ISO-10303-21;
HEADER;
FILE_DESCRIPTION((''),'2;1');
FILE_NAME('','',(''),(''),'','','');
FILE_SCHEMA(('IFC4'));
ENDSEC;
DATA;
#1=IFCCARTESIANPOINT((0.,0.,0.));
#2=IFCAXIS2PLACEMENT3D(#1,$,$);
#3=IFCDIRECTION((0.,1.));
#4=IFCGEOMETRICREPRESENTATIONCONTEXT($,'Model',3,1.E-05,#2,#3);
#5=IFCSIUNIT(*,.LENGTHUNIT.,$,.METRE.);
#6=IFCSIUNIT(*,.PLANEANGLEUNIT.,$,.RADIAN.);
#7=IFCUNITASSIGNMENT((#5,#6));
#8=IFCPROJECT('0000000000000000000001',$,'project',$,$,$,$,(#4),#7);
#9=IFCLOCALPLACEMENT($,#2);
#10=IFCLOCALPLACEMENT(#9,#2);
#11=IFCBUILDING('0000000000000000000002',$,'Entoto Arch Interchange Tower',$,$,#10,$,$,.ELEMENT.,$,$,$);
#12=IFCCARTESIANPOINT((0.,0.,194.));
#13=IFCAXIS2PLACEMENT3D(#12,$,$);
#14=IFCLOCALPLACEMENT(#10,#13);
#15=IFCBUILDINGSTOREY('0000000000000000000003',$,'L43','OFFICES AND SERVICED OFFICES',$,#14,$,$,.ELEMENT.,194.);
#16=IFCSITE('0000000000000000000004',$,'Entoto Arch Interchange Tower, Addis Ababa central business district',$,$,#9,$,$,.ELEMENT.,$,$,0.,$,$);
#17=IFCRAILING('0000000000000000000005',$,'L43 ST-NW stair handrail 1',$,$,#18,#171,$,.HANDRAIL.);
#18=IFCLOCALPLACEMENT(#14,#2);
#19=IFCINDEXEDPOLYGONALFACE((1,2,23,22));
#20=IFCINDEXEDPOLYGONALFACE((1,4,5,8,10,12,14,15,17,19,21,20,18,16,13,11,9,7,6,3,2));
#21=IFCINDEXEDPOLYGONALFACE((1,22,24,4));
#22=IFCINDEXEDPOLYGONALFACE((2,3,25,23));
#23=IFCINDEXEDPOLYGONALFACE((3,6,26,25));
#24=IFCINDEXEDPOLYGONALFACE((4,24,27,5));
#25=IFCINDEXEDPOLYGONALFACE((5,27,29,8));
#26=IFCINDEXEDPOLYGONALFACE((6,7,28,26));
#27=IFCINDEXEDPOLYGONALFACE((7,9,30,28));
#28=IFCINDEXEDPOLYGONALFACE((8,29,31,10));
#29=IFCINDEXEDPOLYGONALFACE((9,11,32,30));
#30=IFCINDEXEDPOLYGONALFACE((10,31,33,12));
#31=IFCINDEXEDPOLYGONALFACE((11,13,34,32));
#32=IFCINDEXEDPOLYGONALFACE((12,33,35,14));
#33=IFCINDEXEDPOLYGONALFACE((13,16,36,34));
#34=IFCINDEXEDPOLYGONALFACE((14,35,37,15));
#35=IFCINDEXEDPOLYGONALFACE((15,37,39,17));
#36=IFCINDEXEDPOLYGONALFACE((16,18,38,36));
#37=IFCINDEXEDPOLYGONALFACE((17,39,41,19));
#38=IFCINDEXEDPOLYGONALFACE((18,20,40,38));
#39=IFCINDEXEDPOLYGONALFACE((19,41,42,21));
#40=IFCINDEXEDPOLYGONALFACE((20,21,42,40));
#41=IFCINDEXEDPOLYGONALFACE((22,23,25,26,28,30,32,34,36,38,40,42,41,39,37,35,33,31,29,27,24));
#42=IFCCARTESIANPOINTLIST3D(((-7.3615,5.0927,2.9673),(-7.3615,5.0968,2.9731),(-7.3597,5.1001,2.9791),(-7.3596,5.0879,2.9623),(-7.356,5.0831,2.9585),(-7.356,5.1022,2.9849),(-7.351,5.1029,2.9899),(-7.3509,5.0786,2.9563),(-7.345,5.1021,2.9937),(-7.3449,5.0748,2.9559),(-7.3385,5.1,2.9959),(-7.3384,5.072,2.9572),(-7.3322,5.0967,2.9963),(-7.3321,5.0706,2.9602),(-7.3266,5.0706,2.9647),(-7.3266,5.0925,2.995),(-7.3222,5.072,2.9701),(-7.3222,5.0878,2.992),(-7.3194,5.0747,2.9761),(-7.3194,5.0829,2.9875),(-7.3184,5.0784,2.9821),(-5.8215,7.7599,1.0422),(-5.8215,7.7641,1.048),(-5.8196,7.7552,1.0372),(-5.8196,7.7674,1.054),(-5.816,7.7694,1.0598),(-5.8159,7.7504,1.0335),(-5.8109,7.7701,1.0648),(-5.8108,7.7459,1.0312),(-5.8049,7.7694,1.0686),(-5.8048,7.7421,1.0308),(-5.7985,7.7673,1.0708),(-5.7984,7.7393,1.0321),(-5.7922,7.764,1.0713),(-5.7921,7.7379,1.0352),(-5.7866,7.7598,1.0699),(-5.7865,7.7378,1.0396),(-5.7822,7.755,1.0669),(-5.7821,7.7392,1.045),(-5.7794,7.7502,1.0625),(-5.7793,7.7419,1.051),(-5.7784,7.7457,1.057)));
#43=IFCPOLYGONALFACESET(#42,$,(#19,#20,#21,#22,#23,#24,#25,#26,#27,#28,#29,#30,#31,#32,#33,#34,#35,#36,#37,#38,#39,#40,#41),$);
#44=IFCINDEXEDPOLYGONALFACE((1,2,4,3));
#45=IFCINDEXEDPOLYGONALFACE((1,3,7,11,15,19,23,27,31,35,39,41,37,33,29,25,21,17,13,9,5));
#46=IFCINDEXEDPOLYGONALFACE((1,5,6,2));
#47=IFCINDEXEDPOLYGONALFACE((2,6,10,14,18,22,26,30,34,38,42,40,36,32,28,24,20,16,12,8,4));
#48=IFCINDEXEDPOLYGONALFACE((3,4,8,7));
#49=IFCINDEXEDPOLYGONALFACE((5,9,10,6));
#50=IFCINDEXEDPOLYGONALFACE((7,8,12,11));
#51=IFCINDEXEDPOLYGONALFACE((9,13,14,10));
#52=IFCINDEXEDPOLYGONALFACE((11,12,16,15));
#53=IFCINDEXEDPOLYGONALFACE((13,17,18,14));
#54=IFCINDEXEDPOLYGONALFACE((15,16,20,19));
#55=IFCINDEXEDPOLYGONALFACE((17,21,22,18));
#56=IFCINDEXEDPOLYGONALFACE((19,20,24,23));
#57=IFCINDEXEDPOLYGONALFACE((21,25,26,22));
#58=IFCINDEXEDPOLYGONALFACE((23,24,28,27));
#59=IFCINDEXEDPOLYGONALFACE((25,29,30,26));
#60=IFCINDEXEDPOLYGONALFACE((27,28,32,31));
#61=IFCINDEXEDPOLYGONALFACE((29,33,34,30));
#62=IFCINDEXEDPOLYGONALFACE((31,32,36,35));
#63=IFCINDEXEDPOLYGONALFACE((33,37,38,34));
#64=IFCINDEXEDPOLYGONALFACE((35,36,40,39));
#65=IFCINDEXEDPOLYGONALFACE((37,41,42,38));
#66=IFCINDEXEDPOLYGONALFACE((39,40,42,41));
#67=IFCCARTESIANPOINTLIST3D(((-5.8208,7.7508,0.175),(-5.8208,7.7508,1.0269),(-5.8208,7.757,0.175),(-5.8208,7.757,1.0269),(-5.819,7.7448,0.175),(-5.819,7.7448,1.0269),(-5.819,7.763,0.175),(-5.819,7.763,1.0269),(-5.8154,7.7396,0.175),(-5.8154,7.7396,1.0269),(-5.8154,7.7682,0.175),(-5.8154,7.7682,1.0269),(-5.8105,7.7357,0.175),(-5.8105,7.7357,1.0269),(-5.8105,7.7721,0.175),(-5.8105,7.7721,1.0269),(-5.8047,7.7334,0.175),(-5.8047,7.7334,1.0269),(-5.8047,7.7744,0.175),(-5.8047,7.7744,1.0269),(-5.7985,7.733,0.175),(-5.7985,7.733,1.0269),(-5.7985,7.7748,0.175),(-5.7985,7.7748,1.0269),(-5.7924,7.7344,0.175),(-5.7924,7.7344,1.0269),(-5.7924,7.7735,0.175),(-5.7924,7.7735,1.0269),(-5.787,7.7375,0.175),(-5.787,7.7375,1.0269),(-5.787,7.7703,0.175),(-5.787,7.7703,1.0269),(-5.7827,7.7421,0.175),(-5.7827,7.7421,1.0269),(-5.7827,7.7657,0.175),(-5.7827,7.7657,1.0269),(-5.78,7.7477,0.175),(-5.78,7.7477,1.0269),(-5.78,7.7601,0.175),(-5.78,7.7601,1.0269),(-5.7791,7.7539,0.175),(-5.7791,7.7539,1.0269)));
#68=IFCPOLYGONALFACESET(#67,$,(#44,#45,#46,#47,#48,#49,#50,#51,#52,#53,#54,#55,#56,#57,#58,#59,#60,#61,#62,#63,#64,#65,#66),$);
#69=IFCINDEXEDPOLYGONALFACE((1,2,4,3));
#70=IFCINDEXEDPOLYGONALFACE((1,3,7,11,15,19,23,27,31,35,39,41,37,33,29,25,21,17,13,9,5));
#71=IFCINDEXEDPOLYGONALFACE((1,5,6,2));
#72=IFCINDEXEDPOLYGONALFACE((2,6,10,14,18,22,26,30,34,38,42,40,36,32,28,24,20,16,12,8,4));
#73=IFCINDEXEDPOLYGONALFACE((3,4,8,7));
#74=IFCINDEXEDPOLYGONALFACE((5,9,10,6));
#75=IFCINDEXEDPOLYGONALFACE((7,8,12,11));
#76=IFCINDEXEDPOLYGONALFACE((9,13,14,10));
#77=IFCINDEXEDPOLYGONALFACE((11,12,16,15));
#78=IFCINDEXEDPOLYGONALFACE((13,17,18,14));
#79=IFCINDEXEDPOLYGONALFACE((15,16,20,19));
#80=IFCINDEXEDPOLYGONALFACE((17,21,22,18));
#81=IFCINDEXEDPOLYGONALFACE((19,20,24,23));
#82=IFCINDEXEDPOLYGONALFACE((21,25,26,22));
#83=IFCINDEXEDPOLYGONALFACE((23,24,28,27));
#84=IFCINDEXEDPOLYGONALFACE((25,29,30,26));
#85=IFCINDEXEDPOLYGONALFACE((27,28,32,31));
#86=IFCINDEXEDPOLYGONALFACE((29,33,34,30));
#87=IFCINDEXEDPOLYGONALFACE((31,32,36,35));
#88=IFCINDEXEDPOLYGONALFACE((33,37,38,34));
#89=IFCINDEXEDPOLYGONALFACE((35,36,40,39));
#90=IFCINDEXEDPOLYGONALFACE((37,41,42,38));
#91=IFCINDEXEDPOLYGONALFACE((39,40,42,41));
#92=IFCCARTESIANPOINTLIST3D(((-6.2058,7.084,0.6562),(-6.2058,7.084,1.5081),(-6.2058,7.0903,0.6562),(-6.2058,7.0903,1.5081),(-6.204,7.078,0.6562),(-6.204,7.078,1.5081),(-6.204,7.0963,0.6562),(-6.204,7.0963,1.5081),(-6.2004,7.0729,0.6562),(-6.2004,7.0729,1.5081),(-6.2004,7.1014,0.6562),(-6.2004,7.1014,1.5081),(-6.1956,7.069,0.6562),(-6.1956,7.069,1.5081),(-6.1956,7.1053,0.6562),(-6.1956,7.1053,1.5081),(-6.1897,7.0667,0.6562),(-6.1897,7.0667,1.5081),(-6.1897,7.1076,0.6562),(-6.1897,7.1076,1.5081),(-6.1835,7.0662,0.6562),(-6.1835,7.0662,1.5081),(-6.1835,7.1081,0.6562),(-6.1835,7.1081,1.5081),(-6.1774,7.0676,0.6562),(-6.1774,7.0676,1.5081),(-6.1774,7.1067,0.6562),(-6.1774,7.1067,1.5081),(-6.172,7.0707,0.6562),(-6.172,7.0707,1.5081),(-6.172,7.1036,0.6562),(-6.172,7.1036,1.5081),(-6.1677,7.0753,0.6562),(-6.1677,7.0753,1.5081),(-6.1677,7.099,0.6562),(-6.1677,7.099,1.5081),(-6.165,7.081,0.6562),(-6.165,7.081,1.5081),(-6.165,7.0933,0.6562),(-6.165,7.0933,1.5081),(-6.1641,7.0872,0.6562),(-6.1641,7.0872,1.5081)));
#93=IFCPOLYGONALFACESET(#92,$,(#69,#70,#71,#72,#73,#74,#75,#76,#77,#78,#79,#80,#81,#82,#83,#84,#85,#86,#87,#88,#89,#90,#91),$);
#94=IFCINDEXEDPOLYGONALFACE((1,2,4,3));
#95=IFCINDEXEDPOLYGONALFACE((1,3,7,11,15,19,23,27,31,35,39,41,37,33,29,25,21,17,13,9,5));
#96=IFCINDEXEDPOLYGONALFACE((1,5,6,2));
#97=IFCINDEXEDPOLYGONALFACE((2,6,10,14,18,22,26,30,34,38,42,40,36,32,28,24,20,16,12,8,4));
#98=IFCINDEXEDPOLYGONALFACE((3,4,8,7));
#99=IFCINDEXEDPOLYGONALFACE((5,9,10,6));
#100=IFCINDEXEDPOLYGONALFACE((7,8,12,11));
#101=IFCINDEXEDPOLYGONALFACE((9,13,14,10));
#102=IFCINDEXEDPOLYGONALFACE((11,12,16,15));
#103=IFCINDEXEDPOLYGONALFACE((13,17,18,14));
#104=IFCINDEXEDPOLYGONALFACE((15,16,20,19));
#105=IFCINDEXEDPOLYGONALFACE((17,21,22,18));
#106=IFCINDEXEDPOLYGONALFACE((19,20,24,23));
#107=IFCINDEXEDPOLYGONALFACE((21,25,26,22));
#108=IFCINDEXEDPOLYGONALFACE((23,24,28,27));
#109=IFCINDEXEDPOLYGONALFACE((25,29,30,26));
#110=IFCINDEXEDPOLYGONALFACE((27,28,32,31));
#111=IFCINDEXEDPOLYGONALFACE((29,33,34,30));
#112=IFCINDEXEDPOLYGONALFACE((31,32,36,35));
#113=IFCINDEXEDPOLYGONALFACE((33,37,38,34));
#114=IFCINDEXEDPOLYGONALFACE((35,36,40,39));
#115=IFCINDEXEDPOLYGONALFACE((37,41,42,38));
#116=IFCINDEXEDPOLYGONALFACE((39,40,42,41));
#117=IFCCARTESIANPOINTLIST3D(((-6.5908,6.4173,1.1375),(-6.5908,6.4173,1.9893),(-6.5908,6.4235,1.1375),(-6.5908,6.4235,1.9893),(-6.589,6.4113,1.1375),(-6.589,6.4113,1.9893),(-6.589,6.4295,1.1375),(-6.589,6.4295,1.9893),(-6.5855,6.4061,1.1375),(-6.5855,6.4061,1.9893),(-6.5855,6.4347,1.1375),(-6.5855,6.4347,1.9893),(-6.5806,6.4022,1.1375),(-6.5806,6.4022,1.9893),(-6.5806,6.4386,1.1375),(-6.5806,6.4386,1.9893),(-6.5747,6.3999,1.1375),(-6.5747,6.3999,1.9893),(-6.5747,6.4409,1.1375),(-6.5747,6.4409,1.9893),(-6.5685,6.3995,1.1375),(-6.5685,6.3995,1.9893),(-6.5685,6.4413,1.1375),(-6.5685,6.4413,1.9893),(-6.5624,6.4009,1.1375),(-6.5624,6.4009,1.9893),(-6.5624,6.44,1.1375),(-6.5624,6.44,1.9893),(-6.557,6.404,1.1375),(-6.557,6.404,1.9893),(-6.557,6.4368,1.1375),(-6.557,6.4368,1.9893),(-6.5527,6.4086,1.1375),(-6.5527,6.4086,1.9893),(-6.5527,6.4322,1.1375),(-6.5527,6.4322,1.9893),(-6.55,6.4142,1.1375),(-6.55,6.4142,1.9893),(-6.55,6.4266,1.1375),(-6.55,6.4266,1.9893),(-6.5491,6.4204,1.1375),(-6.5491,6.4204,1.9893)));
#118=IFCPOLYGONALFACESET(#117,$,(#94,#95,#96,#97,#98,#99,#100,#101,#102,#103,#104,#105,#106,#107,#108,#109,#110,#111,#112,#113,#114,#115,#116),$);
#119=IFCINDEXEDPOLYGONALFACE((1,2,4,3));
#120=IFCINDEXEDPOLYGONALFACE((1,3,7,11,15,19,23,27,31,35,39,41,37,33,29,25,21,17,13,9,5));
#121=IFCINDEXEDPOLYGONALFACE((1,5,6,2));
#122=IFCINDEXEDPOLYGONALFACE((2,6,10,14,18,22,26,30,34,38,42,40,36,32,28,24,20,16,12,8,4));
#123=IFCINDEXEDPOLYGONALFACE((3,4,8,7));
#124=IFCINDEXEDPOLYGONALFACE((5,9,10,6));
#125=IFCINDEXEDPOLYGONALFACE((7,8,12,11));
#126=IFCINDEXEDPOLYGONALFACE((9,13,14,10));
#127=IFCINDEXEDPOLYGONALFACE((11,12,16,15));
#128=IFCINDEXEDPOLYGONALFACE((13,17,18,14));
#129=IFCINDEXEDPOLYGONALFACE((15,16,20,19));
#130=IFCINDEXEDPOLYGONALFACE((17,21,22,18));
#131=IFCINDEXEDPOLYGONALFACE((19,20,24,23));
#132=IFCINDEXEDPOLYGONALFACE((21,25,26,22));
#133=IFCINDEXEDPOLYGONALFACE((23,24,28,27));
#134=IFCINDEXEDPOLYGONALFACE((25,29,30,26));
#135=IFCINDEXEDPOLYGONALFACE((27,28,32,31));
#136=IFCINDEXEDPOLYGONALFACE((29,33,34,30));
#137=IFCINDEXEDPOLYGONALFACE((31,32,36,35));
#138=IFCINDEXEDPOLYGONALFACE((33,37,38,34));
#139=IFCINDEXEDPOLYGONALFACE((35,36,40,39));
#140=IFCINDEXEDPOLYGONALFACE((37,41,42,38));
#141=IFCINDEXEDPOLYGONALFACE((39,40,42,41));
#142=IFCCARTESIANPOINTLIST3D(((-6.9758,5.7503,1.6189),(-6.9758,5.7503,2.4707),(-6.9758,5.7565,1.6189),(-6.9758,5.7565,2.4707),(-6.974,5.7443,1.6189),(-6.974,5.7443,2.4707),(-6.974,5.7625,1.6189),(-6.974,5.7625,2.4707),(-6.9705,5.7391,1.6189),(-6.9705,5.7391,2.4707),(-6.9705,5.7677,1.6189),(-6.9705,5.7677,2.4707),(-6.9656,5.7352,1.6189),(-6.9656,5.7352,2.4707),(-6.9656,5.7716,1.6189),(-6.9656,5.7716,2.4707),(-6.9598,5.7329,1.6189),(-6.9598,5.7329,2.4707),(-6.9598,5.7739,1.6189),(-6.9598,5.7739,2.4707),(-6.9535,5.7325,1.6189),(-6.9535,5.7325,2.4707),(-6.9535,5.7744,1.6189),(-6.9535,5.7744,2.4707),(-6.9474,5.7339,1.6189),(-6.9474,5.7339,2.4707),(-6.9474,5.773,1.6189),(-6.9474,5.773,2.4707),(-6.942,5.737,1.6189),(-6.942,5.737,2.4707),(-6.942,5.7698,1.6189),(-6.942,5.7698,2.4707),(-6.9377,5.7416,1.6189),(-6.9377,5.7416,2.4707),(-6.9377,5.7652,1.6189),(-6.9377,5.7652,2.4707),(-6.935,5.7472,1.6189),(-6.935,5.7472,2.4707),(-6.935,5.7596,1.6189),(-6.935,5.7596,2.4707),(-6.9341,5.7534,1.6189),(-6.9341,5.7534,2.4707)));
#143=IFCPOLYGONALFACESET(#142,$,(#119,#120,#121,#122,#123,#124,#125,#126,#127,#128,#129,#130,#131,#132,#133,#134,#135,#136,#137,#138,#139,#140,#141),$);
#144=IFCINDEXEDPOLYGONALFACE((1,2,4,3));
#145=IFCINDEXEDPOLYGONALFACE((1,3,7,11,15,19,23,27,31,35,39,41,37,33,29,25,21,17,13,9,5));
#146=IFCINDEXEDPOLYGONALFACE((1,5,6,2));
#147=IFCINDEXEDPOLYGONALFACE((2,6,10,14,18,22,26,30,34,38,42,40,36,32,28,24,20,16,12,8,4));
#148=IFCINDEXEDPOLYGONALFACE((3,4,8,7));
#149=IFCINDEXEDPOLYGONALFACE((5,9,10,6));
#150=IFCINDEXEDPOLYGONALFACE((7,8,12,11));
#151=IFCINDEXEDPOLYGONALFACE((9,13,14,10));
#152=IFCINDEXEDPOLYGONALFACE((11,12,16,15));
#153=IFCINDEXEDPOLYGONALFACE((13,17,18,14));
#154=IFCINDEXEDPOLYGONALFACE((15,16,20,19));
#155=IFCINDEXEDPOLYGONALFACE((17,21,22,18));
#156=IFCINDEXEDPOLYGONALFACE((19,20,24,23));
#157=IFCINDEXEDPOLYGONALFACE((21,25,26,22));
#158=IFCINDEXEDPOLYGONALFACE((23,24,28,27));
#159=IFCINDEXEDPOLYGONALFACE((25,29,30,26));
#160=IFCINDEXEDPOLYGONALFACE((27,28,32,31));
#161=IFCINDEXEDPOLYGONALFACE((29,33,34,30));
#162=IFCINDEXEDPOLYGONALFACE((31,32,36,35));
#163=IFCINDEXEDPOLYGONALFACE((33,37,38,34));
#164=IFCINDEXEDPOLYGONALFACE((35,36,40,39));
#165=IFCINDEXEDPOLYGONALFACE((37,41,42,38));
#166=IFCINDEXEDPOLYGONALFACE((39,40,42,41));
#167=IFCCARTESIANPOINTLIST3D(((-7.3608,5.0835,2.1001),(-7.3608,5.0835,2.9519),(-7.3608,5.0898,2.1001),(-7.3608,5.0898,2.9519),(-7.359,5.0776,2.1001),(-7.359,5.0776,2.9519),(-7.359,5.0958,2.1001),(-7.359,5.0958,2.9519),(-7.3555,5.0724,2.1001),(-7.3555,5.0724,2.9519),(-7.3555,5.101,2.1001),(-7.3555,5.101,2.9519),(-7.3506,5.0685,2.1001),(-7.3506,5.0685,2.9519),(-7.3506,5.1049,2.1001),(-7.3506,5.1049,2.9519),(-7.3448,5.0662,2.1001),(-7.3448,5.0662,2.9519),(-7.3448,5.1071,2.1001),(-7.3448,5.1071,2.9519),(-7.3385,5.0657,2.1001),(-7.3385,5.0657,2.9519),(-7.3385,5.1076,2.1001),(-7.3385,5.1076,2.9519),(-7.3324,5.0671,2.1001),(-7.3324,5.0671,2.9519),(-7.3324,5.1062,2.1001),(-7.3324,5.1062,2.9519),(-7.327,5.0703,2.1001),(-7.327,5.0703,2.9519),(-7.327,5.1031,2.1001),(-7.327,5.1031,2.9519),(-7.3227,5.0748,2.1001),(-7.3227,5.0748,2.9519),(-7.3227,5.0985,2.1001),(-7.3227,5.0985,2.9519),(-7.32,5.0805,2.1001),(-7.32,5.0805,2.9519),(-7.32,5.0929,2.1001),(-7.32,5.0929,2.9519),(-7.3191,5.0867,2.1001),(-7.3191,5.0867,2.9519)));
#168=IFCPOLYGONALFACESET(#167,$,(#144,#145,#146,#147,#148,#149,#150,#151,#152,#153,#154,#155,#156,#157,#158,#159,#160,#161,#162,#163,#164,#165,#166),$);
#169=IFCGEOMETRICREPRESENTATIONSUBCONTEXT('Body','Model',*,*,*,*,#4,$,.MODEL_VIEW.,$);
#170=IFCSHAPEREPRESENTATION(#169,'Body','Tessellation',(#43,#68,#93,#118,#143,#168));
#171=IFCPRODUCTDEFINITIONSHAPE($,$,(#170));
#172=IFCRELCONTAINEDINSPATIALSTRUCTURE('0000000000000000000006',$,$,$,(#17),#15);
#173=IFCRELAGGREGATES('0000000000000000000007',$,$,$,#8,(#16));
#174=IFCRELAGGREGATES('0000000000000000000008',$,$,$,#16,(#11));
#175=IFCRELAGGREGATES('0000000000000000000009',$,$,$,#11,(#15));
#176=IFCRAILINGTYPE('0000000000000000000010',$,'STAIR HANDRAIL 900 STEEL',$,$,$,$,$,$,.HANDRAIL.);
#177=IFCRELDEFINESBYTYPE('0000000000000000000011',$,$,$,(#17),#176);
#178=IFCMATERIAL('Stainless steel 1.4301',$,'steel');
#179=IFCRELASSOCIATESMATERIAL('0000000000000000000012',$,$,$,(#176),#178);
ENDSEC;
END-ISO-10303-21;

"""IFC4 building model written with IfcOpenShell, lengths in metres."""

from ifc_helpers import new_model, si_unit, direction, frame, origin, origin_2d, place, context, subcontext, project, spatial, circle, extrude, material, type_object, element, save


model = new_model("IFC4")

# Units and contexts
model_context = context("Model", 3, precision=1e-05, world=origin(), true_north=direction((0.0, 1.0)))
body_context = subcontext(model_context, "Body", "Model", "MODEL_VIEW")
ifc_project = project(units=[si_unit("LENGTHUNIT", "METRE"), si_unit("PLANEANGLEUNIT", "RADIAN")], contexts=[model_context])

# Site, building, storey
site_placement = place(None, origin())
site = spatial("IfcSite", under=ifc_project, at=site_placement, Name="Entoto Arch Interchange Tower, Addis Ababa central business district", CompositionType="ELEMENT", RefElevation=0.0)
building_placement = place(site_placement, origin())
building = spatial("IfcBuilding", under=site, at=building_placement, Name="Entoto Arch Interchange Tower", CompositionType="ELEMENT")
storey_placement = place(building_placement, frame((0.0, 0.0, 194.0)))
storey = spatial("IfcBuildingStorey", under=building, at=storey_placement, Name="L43", Description="OFFICES AND SERVICED OFFICES", CompositionType="ELEMENT", Elevation=194.0)

# Railing
ifc_material_1 = material(Name="Stainless steel 1.4301", Category="steel")
railing_type_1 = type_object("IfcRailingType", Name="STAIR HANDRAIL 900 STEEL", PredefinedType="HANDRAIL", material=ifc_material_1)
railing_1_placement = place(storey_placement, frame((-5.8, 7.7539, 0.175)))
element("IfcRailing", 1, at=railing_1_placement, inside=storey, type_object=railing_type_1, Name="L43 ST-NW stair handrail 1", PredefinedType="HANDRAIL", context=body_context, shape_type="SweptSolid", body=[
    extrude(circle(Radius=0.0239, at=origin_2d()), frame((0.0, 0.0, 0.876), z_axis=(-0.424015, -0.734364, 0.530019), x_axis=(0.86601, -0.500027, 0.0)), (0.0, 0.0, 1.0), 3.6321),
    extrude(circle(Radius=0.021, at=origin_2d()), origin(), (0.0, 0.0, 1.0), 0.8518),
    extrude(circle(Radius=0.021, at=origin_2d()), frame((-0.385, -0.6667, 0.4812)), (0.0, 0.0, 1.0), 0.8518),
    extrude(circle(Radius=0.021, at=origin_2d()), frame((-0.77, -1.3335, 0.9624)), (0.0, 0.0, 1.0), 0.8518),
    extrude(circle(Radius=0.021, at=origin_2d()), frame((-1.155, -2.0005, 1.4438)), (0.0, 0.0, 1.0), 0.8518),
    extrude(circle(Radius=0.021, at=origin_2d()), frame((-1.54, -2.6672, 1.925)), (0.0, 0.0, 1.0), 0.8518),
])

save(model, "model.ifc")
